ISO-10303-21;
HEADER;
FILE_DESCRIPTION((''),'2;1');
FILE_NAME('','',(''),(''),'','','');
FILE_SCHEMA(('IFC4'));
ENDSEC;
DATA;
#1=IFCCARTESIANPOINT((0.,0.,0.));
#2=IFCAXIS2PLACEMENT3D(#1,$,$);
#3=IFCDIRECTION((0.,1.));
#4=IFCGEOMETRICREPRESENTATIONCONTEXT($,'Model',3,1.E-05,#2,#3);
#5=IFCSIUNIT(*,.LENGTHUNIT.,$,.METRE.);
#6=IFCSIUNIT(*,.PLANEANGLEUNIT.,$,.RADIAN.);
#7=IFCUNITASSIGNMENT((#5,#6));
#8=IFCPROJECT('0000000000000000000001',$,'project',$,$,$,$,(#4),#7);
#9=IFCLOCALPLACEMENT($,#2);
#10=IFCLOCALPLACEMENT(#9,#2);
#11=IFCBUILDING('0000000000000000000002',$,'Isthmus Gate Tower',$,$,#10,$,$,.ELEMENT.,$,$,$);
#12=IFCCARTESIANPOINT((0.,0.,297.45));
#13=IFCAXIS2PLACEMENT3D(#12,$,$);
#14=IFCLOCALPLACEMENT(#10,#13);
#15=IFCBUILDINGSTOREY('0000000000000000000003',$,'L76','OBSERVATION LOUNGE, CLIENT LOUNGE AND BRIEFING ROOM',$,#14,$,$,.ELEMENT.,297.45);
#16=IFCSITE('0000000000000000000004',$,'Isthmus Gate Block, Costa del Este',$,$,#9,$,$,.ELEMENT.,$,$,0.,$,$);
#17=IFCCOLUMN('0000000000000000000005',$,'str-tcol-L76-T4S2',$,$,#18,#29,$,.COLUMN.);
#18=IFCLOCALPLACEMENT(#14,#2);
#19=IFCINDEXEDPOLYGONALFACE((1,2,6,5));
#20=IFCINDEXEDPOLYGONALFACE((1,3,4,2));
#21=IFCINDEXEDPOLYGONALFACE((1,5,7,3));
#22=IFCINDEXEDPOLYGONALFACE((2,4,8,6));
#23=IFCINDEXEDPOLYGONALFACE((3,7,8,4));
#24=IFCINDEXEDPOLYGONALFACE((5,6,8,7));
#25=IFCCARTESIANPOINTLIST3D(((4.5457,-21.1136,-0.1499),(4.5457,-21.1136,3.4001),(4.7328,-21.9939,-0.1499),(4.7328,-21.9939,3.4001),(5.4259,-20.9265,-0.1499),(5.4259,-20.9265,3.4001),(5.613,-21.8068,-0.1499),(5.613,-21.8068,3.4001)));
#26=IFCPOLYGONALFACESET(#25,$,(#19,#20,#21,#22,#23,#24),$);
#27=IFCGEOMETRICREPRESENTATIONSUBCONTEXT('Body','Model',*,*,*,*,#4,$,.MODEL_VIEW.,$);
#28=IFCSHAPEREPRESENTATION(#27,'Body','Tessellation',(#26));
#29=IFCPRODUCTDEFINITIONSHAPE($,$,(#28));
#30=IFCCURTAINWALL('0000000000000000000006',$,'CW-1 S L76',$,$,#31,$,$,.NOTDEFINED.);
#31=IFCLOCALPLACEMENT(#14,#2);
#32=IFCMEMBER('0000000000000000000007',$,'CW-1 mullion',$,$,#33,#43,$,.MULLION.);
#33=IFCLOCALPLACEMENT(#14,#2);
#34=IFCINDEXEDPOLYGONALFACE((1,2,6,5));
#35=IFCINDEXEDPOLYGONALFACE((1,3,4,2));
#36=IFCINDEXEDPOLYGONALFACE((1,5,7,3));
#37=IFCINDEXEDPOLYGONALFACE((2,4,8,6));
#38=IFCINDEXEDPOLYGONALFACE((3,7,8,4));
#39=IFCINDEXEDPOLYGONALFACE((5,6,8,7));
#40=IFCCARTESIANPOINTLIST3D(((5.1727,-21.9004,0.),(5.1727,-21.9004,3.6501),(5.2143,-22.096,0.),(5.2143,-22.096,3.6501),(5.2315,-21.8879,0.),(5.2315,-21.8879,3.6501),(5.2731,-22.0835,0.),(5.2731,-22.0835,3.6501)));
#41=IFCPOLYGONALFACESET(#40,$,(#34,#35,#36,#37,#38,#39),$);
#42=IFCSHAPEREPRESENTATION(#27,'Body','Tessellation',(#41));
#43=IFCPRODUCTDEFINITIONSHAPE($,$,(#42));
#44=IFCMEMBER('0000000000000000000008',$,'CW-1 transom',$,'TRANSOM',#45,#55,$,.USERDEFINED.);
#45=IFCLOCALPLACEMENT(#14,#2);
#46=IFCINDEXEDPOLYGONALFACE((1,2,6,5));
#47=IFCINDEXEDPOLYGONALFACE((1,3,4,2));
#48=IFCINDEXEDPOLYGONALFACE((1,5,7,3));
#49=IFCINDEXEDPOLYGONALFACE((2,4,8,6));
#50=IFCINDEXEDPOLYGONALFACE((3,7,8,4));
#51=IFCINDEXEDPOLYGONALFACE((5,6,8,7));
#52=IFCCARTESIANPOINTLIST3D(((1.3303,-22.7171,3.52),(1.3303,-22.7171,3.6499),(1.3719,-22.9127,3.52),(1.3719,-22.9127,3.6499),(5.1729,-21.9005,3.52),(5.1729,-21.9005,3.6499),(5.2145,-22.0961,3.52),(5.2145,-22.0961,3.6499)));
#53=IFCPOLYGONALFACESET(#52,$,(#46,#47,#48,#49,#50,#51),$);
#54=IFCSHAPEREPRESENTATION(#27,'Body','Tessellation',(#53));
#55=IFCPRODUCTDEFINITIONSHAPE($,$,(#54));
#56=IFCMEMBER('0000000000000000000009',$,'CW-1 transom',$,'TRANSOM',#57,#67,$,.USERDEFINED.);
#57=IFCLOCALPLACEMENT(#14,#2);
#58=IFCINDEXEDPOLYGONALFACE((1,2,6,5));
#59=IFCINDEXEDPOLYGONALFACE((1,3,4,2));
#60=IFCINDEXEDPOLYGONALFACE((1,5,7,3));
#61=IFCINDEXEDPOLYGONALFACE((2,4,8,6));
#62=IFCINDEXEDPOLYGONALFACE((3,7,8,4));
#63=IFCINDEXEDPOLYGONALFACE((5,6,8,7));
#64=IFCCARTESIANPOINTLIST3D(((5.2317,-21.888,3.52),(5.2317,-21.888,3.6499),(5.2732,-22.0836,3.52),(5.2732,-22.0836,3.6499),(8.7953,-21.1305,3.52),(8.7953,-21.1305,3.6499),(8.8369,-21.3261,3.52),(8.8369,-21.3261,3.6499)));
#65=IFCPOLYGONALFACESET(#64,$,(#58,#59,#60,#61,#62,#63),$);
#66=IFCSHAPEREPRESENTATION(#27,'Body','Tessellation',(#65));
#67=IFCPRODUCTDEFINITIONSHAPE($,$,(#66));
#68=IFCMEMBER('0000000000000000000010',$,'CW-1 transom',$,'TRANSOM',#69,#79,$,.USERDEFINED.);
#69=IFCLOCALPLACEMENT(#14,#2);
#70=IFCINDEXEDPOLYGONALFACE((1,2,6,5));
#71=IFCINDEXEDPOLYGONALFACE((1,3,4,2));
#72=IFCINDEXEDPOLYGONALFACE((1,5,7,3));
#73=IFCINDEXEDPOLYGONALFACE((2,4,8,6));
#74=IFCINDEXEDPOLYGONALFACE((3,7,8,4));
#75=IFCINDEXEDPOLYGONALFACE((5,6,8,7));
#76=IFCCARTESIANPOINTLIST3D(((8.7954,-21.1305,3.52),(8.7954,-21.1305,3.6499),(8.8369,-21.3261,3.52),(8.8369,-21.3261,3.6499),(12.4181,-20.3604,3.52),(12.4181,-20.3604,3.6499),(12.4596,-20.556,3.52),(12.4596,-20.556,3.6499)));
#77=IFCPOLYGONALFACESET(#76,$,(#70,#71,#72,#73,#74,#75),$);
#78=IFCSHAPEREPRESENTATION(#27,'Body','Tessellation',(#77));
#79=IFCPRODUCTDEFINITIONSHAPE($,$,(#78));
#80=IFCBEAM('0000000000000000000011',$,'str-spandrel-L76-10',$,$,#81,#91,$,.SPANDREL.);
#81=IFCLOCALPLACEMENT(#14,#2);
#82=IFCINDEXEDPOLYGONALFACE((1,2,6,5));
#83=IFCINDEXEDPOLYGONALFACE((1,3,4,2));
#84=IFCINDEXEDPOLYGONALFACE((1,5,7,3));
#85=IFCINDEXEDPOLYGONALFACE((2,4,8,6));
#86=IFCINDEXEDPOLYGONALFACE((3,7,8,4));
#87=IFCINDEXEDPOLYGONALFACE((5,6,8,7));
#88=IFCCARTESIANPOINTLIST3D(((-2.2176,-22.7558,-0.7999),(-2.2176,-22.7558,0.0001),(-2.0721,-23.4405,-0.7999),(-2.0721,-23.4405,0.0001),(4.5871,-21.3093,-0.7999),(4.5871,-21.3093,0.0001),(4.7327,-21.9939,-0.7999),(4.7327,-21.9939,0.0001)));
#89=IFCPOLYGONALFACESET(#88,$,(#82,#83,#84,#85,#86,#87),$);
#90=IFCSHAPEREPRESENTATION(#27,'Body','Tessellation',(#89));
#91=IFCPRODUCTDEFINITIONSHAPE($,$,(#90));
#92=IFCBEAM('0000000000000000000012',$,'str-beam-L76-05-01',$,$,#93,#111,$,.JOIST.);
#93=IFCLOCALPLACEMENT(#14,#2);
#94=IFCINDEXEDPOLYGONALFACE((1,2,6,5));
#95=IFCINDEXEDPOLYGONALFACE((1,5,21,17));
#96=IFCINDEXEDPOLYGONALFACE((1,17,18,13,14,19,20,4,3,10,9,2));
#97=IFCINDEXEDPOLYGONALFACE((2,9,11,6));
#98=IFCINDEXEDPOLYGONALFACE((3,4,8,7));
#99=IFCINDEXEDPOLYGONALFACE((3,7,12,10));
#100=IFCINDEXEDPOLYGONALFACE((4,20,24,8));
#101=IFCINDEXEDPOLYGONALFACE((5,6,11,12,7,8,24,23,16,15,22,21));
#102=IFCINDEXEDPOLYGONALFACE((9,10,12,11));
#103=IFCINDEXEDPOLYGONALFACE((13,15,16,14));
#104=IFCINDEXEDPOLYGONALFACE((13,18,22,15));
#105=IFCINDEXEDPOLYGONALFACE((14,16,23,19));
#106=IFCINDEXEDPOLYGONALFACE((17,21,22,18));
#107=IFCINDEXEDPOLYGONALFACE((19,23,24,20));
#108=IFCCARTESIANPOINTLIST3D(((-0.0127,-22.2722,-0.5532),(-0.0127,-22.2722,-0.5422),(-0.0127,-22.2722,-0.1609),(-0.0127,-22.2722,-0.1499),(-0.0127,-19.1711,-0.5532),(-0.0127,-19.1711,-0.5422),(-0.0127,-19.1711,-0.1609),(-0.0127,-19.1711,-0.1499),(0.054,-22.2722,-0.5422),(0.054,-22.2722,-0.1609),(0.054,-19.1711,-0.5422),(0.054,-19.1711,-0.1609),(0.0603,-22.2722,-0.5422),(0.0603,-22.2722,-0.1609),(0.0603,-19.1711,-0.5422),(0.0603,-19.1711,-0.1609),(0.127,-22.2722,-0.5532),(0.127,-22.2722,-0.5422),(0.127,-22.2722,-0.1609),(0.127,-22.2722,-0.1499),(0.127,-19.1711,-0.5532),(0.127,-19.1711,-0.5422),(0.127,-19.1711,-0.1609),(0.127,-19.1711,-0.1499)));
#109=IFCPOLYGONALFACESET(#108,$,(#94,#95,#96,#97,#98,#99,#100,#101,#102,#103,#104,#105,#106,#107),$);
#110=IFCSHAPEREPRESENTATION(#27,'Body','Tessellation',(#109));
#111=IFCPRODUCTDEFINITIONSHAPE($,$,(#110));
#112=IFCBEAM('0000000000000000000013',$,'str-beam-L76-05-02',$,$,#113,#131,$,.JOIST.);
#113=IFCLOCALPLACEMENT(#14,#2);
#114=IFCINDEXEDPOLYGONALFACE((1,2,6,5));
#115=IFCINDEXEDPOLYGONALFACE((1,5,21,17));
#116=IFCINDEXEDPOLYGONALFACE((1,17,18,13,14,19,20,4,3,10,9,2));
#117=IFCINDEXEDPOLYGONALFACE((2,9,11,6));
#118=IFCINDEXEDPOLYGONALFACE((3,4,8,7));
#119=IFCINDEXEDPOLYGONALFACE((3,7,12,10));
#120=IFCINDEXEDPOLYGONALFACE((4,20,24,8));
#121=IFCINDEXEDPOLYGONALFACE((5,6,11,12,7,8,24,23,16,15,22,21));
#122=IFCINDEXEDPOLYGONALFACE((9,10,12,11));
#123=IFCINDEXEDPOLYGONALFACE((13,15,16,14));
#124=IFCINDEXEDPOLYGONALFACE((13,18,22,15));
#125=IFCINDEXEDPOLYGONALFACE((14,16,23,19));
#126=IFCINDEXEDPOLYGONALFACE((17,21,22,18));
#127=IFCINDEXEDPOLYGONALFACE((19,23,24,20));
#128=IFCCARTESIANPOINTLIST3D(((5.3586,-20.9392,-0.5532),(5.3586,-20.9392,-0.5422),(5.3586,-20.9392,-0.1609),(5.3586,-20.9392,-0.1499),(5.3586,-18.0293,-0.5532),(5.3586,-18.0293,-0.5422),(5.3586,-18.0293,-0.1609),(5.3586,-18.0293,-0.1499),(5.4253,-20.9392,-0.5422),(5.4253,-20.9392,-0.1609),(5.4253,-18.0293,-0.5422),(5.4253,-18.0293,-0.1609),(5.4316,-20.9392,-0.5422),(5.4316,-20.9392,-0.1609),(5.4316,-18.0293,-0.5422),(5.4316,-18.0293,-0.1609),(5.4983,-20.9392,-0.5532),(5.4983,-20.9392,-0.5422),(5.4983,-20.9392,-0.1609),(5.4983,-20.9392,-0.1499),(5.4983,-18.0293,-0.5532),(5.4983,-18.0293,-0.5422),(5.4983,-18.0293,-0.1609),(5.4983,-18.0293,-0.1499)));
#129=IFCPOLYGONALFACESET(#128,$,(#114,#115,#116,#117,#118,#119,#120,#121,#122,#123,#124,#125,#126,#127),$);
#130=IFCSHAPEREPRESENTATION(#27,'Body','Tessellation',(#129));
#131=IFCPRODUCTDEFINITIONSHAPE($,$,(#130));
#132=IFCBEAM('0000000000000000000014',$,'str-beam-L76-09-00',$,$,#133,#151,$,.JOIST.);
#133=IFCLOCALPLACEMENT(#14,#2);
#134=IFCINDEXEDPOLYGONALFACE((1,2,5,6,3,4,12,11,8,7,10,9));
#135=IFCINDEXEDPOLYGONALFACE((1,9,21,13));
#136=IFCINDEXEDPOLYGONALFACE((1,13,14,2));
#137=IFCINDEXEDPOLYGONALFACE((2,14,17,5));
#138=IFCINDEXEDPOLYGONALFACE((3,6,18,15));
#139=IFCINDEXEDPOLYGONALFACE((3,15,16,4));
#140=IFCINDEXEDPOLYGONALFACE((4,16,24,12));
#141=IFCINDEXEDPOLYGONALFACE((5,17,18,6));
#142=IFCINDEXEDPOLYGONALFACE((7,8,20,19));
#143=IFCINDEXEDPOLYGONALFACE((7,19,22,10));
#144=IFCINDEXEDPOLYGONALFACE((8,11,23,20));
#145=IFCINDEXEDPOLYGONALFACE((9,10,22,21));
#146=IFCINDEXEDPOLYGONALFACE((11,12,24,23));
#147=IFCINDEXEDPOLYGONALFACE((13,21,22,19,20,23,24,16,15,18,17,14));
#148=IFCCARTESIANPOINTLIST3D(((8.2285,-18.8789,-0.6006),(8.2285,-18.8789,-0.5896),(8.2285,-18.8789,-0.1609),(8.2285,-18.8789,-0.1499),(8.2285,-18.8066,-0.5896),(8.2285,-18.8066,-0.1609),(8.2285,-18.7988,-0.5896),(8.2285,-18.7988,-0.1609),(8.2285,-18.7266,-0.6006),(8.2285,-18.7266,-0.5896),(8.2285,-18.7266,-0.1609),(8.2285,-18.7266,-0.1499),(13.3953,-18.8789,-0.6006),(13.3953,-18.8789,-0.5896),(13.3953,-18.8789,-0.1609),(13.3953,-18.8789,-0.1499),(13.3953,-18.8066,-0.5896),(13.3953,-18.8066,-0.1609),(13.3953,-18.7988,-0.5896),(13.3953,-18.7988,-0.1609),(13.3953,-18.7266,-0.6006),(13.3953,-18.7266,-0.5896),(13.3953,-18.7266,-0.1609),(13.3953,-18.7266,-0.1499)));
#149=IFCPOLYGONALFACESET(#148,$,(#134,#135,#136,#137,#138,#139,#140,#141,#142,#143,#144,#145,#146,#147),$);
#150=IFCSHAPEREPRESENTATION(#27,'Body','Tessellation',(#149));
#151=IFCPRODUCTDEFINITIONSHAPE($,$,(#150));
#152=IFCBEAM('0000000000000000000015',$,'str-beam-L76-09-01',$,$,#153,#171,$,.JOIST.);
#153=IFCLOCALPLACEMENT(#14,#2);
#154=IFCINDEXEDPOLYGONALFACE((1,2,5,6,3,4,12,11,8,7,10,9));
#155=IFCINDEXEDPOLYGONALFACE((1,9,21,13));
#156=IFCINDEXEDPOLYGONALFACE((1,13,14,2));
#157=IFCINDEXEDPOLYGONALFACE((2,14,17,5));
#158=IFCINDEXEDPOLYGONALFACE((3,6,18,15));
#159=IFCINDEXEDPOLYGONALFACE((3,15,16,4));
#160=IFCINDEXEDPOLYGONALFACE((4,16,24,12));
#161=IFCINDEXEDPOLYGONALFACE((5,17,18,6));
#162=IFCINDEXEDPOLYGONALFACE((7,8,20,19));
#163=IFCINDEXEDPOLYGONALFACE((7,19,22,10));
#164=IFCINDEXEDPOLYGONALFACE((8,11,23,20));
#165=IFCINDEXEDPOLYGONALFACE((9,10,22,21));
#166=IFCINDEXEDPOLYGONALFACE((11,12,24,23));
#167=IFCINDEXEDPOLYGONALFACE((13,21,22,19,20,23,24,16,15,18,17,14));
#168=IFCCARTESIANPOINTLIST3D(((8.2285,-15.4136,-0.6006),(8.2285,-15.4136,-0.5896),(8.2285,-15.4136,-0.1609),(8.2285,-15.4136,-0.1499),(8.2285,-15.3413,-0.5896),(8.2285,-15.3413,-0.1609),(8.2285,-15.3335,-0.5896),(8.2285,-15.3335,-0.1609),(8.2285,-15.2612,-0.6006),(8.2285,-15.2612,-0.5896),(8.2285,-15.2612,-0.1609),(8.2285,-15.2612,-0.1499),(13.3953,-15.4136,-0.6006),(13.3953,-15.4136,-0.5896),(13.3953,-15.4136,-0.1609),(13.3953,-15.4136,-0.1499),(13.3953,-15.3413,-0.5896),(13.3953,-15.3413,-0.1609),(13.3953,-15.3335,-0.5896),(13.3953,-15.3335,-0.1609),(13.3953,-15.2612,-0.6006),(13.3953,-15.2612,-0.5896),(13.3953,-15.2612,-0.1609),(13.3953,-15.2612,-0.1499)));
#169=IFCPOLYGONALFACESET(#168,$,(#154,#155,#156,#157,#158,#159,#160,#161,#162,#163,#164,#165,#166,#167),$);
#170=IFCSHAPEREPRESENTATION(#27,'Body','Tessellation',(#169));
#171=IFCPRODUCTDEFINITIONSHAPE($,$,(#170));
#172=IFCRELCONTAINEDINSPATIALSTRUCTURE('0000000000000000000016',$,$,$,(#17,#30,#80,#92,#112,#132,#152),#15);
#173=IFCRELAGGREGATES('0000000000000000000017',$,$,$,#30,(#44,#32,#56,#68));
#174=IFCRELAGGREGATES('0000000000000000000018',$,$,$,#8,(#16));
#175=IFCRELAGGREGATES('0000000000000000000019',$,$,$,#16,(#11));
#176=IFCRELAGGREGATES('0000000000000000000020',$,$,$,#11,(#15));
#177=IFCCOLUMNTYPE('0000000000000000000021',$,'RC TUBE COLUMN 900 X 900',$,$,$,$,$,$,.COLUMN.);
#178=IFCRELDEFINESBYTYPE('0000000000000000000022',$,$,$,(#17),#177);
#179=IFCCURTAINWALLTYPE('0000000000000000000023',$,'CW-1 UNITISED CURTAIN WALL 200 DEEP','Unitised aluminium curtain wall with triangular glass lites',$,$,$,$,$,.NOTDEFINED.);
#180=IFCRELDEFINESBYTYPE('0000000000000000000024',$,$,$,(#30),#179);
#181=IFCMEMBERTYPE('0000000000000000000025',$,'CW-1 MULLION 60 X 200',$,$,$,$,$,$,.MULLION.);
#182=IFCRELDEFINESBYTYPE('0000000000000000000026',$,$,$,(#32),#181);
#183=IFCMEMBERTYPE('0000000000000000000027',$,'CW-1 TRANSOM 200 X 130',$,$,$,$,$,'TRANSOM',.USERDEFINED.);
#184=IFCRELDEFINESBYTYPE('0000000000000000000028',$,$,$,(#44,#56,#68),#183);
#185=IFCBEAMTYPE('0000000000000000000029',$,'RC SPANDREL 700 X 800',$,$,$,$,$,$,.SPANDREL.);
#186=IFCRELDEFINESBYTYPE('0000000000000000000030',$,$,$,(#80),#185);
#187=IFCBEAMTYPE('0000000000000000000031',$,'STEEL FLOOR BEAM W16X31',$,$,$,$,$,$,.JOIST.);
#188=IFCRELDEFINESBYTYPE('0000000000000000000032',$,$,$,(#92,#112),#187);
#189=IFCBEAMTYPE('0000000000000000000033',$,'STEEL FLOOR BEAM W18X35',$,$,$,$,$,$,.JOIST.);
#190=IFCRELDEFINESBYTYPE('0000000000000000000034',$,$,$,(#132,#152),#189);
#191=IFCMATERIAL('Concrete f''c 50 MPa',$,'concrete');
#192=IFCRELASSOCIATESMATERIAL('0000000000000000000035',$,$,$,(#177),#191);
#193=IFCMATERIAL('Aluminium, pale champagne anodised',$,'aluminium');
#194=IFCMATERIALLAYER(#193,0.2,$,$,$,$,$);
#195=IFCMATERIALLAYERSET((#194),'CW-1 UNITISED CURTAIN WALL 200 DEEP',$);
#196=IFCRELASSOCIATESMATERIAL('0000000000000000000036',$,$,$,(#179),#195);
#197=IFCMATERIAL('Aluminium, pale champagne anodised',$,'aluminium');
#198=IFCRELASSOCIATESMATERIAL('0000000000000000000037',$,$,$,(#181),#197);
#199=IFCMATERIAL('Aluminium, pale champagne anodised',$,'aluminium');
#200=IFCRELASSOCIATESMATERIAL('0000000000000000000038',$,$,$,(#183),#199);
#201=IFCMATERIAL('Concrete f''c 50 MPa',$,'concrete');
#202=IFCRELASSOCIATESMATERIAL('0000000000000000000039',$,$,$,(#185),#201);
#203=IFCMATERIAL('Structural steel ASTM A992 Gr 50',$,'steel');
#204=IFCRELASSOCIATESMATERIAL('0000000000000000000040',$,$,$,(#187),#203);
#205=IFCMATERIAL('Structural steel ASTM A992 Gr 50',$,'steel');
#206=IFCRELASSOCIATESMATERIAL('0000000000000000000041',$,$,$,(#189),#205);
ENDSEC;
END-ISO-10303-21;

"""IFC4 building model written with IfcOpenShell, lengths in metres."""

from ifc_helpers import new_model, si_unit, direction, frame, origin, origin_2d, place, context, subcontext, project, spatial, rectangle, i_section, extrude, material, layer, layer_set, material_profile, profile_set, type_object, element, aggregate, save


model = new_model("IFC4")

# Units and contexts
model_context = context("Model", 3, precision=1e-05, world=origin(), true_north=direction((0.0, 1.0)))
body_context = subcontext(model_context, "Body", "Model", "MODEL_VIEW")
ifc_project = project(units=[si_unit("LENGTHUNIT", "METRE"), si_unit("PLANEANGLEUNIT", "RADIAN")], contexts=[model_context])

# Site, building, storey
site_placement = place(None, origin())
site = spatial("IfcSite", under=ifc_project, at=site_placement, Name="Isthmus Gate Block, Costa del Este", CompositionType="ELEMENT", RefElevation=0.0)
building_placement = place(site_placement, origin())
building = spatial("IfcBuilding", under=site, at=building_placement, Name="Isthmus Gate Tower", CompositionType="ELEMENT")
storey_placement = place(building_placement, frame((0.0, 0.0, 297.45)))
storey = spatial("IfcBuildingStorey", under=building, at=storey_placement, Name="L76", Description="OBSERVATION LOUNGE, CLIENT LOUNGE AND BRIEFING ROOM", CompositionType="ELEMENT", Elevation=297.45)

# Column
ifc_material_1 = material(Name="Concrete f'c 50 MPa", Category="concrete")
ifc_material_profile_1 = material_profile(ifc_material_1, rectangle(XDim=0.8999, YDim=0.8999, at=origin_2d()), Name="RC 900X900")
ifc_profile_set_1 = profile_set([ifc_material_profile_1], Name="Concrete f'c 50 MPa")
column_type = type_object("IfcColumnType", Name="RC TUBE COLUMN 900 X 900", PredefinedType="COLUMN", material=ifc_profile_set_1)
column_placement = place(storey_placement, frame((5.0793, -21.4602, -0.1499), z_axis=(0.0, 0.0, 1.0), x_axis=(0.978148, 0.207912, 0.0)))
element("IfcColumn", 1, at=column_placement, inside=storey, type_object=column_type, Name="str-tcol-L76-T4S2", PredefinedType="COLUMN", context=body_context, shape_type="SweptSolid", body=[
    extrude(rectangle(XDim=0.8999, YDim=0.8999, at=origin_2d()), origin(), (0.0, 0.0, 1.0), 3.55),
])

# Curtain wall, members
ifc_material_2 = material(Name="Aluminium, pale champagne anodised", Category="aluminium")
ifc_layer_1 = layer(ifc_material_2, 0.2)
ifc_layer_set_1 = layer_set([ifc_layer_1], Name="CW-1 UNITISED CURTAIN WALL 200 DEEP")
curtain_wall_type = type_object("IfcCurtainWallType", Name="CW-1 UNITISED CURTAIN WALL 200 DEEP", Description="Unitised aluminium curtain wall with triangular glass lites", PredefinedType="NOTDEFINED", material=ifc_layer_set_1)
curtain_wall_placement = place(storey_placement, origin())
curtain_wall = element("IfcCurtainWall", 2, at=curtain_wall_placement, inside=storey, type_object=curtain_wall_type, Name="CW-1 S L76", PredefinedType="NOTDEFINED")
ifc_material_3 = material(Name="Aluminium, pale champagne anodised", Category="aluminium")
ifc_material_profile_2 = material_profile(ifc_material_3, rectangle(XDim=0.0601, YDim=0.2, at=origin_2d()), Name="60x200")
ifc_profile_set_2 = profile_set([ifc_material_profile_2], Name="Aluminium, pale champagne anodised")
member_type_1 = type_object("IfcMemberType", Name="CW-1 MULLION 60 X 200", PredefinedType="MULLION", material=ifc_profile_set_2)
member_1_placement = place(storey_placement, frame((5.2229, -21.9919, 0.0), z_axis=(0.0, 0.0, 1.0), x_axis=(0.978148, 0.207912, 0.0)))
member_1 = element("IfcMember", 3, at=member_1_placement, type_object=member_type_1, Name="CW-1 mullion", PredefinedType="MULLION", context=body_context, shape_type="SweptSolid", body=[
    extrude(rectangle(XDim=0.0601, YDim=0.2, at=origin_2d()), origin(), (0.0, 0.0, 1.0), 3.6501),
])
ifc_material_4 = material(Name="Aluminium, pale champagne anodised", Category="aluminium")
ifc_material_profile_3 = material_profile(ifc_material_4, rectangle(XDim=0.2, YDim=0.1299, at=origin_2d()), Name="200x130")
ifc_profile_set_3 = profile_set([ifc_material_profile_3], Name="Aluminium, pale champagne anodised")
member_type_2 = type_object("IfcMemberType", Name="CW-1 TRANSOM 200 X 130", ElementType="TRANSOM", PredefinedType="USERDEFINED", material=ifc_profile_set_3)
member_2_placement = place(storey_placement, frame((1.3511, -22.8149, 3.585), z_axis=(0.978153, 0.207886, 0.0), x_axis=(-0.207886, 0.978153, 0.0)))
member_2 = element("IfcMember", 4, at=member_2_placement, type_object=member_type_2, Name="CW-1 transom", ObjectType="TRANSOM", PredefinedType="USERDEFINED", context=body_context, shape_type="SweptSolid", body=[
    extrude(rectangle(XDim=0.2, YDim=0.1299, at=origin_2d()), origin(), (0.0, 0.0, 1.0), 3.9285),
])
member_3_placement = place(storey_placement, frame((5.2524, -21.9858, 3.585), z_axis=(0.978143, 0.207932, 0.0), x_axis=(-0.207932, 0.978143, 0.0)))
member_3 = element("IfcMember", 5, at=member_3_placement, type_object=member_type_2, Name="CW-1 transom", ObjectType="TRANSOM", PredefinedType="USERDEFINED", context=body_context, shape_type="SweptSolid", body=[
    extrude(rectangle(XDim=0.2, YDim=0.1299, at=origin_2d()), origin(), (0.0, 0.0, 1.0), 3.6433),
])
member_4_placement = place(storey_placement, frame((8.8162, -21.2283, 3.585), z_axis=(0.978146, 0.207917, 0.0), x_axis=(-0.207917, 0.978146, 0.0)))
member_4 = element("IfcMember", 6, at=member_4_placement, type_object=member_type_2, Name="CW-1 transom", ObjectType="TRANSOM", PredefinedType="USERDEFINED", context=body_context, shape_type="SweptSolid", body=[
    extrude(rectangle(XDim=0.2, YDim=0.1299, at=origin_2d()), origin(), (0.0, 0.0, 1.0), 3.7036),
])

# Beams
ifc_material_5 = material(Name="Concrete f'c 50 MPa", Category="concrete")
ifc_material_profile_4 = material_profile(ifc_material_5, rectangle(XDim=0.7, YDim=0.8, at=origin_2d()), Name="RC 700X800")
ifc_profile_set_4 = profile_set([ifc_material_profile_4], Name="Concrete f'c 50 MPa")
beam_type_1 = type_object("IfcBeamType", Name="RC SPANDREL 700 X 800", PredefinedType="SPANDREL", material=ifc_profile_set_4)
beam_1_placement = place(storey_placement, frame((4.6599, -21.6516, -0.3999), z_axis=(-0.978143, -0.207933, 0.0), x_axis=(0.207933, -0.978143, 0.0)))
element("IfcBeam", 7, at=beam_1_placement, inside=storey, type_object=beam_type_1, Name="str-spandrel-L76-10", PredefinedType="SPANDREL", context=body_context, shape_type="SweptSolid", body=[
    extrude(rectangle(XDim=0.7, YDim=0.8, at=origin_2d()), origin(), (0.0, 0.0, 1.0), 6.9568),
])
ifc_material_6 = material(Name="Structural steel ASTM A992 Gr 50", Category="steel")
ifc_material_profile_5 = material_profile(ifc_material_6, i_section(OverallWidth=0.1396, OverallDepth=0.4033, WebThickness=0.0063, FlangeThickness=0.011, at=origin_2d()), Name="W16X31")
ifc_profile_set_5 = profile_set([ifc_material_profile_5], Name="Structural steel ASTM A992 Gr 50")
beam_type_2 = type_object("IfcBeamType", Name="STEEL FLOOR BEAM W16X31", PredefinedType="JOIST", material=ifc_profile_set_5)
beam_2_placement = place(storey_placement, frame((0.0571, -22.2722, -0.3516), z_axis=(0.0, 1.0, 0.0), x_axis=(-1.0, 0.0, 0.0)))
element("IfcBeam", 8, at=beam_2_placement, inside=storey, type_object=beam_type_2, Name="str-beam-L76-05-01", PredefinedType="JOIST", context=body_context, shape_type="SweptSolid", body=[
    extrude(i_section(OverallWidth=0.1396, OverallDepth=0.4033, WebThickness=0.0063, FlangeThickness=0.011, at=origin_2d()), origin(), (0.0, 0.0, 1.0), 3.1011),
])
beam_3_placement = place(storey_placement, frame((5.4285, -20.9392, -0.3516), z_axis=(0.0, 1.0, 0.0), x_axis=(-1.0, 0.0, 0.0)))
element("IfcBeam", 9, at=beam_3_placement, inside=storey, type_object=beam_type_2, Name="str-beam-L76-05-02", PredefinedType="JOIST", context=body_context, shape_type="SweptSolid", body=[
    extrude(i_section(OverallWidth=0.1396, OverallDepth=0.4033, WebThickness=0.0063, FlangeThickness=0.011, at=origin_2d()), origin(), (0.0, 0.0, 1.0), 2.9099),
])
ifc_material_7 = material(Name="Structural steel ASTM A992 Gr 50", Category="steel")
ifc_material_profile_6 = material_profile(ifc_material_7, i_section(OverallWidth=0.1523, OverallDepth=0.4507, WebThickness=0.0078, FlangeThickness=0.011, at=origin_2d()), Name="W18X35")
ifc_profile_set_6 = profile_set([ifc_material_profile_6], Name="Structural steel ASTM A992 Gr 50")
beam_type_3 = type_object("IfcBeamType", Name="STEEL FLOOR BEAM W18X35", PredefinedType="JOIST", material=ifc_profile_set_6)
for number, where, z_axis, x_axis, name in (
    (10, (8.2285, -18.8027, -0.3752), (1.0, 0.0, 0.0), (0.0, 1.0, 0.0), "str-beam-L76-09-00"),
    (11, (8.2285, -15.3374, -0.3752), (1.0, 0.0, 0.0), (0.0, 1.0, 0.0), "str-beam-L76-09-01"),
):
    element("IfcBeam", number, at=place(storey_placement, frame(where, z_axis=z_axis, x_axis=x_axis)), inside=storey, type_object=beam_type_3, Name=name, PredefinedType="JOIST", context=body_context, shape_type="SweptSolid", body=[
        extrude(i_section(OverallWidth=0.1523, OverallDepth=0.4507, WebThickness=0.0078, FlangeThickness=0.011, at=origin_2d()), origin(), (0.0, 0.0, 1.0), 5.1667),
    ])

aggregate(curtain_wall, [member_2, member_1, member_3, member_4])

save(model, "model.ifc")
